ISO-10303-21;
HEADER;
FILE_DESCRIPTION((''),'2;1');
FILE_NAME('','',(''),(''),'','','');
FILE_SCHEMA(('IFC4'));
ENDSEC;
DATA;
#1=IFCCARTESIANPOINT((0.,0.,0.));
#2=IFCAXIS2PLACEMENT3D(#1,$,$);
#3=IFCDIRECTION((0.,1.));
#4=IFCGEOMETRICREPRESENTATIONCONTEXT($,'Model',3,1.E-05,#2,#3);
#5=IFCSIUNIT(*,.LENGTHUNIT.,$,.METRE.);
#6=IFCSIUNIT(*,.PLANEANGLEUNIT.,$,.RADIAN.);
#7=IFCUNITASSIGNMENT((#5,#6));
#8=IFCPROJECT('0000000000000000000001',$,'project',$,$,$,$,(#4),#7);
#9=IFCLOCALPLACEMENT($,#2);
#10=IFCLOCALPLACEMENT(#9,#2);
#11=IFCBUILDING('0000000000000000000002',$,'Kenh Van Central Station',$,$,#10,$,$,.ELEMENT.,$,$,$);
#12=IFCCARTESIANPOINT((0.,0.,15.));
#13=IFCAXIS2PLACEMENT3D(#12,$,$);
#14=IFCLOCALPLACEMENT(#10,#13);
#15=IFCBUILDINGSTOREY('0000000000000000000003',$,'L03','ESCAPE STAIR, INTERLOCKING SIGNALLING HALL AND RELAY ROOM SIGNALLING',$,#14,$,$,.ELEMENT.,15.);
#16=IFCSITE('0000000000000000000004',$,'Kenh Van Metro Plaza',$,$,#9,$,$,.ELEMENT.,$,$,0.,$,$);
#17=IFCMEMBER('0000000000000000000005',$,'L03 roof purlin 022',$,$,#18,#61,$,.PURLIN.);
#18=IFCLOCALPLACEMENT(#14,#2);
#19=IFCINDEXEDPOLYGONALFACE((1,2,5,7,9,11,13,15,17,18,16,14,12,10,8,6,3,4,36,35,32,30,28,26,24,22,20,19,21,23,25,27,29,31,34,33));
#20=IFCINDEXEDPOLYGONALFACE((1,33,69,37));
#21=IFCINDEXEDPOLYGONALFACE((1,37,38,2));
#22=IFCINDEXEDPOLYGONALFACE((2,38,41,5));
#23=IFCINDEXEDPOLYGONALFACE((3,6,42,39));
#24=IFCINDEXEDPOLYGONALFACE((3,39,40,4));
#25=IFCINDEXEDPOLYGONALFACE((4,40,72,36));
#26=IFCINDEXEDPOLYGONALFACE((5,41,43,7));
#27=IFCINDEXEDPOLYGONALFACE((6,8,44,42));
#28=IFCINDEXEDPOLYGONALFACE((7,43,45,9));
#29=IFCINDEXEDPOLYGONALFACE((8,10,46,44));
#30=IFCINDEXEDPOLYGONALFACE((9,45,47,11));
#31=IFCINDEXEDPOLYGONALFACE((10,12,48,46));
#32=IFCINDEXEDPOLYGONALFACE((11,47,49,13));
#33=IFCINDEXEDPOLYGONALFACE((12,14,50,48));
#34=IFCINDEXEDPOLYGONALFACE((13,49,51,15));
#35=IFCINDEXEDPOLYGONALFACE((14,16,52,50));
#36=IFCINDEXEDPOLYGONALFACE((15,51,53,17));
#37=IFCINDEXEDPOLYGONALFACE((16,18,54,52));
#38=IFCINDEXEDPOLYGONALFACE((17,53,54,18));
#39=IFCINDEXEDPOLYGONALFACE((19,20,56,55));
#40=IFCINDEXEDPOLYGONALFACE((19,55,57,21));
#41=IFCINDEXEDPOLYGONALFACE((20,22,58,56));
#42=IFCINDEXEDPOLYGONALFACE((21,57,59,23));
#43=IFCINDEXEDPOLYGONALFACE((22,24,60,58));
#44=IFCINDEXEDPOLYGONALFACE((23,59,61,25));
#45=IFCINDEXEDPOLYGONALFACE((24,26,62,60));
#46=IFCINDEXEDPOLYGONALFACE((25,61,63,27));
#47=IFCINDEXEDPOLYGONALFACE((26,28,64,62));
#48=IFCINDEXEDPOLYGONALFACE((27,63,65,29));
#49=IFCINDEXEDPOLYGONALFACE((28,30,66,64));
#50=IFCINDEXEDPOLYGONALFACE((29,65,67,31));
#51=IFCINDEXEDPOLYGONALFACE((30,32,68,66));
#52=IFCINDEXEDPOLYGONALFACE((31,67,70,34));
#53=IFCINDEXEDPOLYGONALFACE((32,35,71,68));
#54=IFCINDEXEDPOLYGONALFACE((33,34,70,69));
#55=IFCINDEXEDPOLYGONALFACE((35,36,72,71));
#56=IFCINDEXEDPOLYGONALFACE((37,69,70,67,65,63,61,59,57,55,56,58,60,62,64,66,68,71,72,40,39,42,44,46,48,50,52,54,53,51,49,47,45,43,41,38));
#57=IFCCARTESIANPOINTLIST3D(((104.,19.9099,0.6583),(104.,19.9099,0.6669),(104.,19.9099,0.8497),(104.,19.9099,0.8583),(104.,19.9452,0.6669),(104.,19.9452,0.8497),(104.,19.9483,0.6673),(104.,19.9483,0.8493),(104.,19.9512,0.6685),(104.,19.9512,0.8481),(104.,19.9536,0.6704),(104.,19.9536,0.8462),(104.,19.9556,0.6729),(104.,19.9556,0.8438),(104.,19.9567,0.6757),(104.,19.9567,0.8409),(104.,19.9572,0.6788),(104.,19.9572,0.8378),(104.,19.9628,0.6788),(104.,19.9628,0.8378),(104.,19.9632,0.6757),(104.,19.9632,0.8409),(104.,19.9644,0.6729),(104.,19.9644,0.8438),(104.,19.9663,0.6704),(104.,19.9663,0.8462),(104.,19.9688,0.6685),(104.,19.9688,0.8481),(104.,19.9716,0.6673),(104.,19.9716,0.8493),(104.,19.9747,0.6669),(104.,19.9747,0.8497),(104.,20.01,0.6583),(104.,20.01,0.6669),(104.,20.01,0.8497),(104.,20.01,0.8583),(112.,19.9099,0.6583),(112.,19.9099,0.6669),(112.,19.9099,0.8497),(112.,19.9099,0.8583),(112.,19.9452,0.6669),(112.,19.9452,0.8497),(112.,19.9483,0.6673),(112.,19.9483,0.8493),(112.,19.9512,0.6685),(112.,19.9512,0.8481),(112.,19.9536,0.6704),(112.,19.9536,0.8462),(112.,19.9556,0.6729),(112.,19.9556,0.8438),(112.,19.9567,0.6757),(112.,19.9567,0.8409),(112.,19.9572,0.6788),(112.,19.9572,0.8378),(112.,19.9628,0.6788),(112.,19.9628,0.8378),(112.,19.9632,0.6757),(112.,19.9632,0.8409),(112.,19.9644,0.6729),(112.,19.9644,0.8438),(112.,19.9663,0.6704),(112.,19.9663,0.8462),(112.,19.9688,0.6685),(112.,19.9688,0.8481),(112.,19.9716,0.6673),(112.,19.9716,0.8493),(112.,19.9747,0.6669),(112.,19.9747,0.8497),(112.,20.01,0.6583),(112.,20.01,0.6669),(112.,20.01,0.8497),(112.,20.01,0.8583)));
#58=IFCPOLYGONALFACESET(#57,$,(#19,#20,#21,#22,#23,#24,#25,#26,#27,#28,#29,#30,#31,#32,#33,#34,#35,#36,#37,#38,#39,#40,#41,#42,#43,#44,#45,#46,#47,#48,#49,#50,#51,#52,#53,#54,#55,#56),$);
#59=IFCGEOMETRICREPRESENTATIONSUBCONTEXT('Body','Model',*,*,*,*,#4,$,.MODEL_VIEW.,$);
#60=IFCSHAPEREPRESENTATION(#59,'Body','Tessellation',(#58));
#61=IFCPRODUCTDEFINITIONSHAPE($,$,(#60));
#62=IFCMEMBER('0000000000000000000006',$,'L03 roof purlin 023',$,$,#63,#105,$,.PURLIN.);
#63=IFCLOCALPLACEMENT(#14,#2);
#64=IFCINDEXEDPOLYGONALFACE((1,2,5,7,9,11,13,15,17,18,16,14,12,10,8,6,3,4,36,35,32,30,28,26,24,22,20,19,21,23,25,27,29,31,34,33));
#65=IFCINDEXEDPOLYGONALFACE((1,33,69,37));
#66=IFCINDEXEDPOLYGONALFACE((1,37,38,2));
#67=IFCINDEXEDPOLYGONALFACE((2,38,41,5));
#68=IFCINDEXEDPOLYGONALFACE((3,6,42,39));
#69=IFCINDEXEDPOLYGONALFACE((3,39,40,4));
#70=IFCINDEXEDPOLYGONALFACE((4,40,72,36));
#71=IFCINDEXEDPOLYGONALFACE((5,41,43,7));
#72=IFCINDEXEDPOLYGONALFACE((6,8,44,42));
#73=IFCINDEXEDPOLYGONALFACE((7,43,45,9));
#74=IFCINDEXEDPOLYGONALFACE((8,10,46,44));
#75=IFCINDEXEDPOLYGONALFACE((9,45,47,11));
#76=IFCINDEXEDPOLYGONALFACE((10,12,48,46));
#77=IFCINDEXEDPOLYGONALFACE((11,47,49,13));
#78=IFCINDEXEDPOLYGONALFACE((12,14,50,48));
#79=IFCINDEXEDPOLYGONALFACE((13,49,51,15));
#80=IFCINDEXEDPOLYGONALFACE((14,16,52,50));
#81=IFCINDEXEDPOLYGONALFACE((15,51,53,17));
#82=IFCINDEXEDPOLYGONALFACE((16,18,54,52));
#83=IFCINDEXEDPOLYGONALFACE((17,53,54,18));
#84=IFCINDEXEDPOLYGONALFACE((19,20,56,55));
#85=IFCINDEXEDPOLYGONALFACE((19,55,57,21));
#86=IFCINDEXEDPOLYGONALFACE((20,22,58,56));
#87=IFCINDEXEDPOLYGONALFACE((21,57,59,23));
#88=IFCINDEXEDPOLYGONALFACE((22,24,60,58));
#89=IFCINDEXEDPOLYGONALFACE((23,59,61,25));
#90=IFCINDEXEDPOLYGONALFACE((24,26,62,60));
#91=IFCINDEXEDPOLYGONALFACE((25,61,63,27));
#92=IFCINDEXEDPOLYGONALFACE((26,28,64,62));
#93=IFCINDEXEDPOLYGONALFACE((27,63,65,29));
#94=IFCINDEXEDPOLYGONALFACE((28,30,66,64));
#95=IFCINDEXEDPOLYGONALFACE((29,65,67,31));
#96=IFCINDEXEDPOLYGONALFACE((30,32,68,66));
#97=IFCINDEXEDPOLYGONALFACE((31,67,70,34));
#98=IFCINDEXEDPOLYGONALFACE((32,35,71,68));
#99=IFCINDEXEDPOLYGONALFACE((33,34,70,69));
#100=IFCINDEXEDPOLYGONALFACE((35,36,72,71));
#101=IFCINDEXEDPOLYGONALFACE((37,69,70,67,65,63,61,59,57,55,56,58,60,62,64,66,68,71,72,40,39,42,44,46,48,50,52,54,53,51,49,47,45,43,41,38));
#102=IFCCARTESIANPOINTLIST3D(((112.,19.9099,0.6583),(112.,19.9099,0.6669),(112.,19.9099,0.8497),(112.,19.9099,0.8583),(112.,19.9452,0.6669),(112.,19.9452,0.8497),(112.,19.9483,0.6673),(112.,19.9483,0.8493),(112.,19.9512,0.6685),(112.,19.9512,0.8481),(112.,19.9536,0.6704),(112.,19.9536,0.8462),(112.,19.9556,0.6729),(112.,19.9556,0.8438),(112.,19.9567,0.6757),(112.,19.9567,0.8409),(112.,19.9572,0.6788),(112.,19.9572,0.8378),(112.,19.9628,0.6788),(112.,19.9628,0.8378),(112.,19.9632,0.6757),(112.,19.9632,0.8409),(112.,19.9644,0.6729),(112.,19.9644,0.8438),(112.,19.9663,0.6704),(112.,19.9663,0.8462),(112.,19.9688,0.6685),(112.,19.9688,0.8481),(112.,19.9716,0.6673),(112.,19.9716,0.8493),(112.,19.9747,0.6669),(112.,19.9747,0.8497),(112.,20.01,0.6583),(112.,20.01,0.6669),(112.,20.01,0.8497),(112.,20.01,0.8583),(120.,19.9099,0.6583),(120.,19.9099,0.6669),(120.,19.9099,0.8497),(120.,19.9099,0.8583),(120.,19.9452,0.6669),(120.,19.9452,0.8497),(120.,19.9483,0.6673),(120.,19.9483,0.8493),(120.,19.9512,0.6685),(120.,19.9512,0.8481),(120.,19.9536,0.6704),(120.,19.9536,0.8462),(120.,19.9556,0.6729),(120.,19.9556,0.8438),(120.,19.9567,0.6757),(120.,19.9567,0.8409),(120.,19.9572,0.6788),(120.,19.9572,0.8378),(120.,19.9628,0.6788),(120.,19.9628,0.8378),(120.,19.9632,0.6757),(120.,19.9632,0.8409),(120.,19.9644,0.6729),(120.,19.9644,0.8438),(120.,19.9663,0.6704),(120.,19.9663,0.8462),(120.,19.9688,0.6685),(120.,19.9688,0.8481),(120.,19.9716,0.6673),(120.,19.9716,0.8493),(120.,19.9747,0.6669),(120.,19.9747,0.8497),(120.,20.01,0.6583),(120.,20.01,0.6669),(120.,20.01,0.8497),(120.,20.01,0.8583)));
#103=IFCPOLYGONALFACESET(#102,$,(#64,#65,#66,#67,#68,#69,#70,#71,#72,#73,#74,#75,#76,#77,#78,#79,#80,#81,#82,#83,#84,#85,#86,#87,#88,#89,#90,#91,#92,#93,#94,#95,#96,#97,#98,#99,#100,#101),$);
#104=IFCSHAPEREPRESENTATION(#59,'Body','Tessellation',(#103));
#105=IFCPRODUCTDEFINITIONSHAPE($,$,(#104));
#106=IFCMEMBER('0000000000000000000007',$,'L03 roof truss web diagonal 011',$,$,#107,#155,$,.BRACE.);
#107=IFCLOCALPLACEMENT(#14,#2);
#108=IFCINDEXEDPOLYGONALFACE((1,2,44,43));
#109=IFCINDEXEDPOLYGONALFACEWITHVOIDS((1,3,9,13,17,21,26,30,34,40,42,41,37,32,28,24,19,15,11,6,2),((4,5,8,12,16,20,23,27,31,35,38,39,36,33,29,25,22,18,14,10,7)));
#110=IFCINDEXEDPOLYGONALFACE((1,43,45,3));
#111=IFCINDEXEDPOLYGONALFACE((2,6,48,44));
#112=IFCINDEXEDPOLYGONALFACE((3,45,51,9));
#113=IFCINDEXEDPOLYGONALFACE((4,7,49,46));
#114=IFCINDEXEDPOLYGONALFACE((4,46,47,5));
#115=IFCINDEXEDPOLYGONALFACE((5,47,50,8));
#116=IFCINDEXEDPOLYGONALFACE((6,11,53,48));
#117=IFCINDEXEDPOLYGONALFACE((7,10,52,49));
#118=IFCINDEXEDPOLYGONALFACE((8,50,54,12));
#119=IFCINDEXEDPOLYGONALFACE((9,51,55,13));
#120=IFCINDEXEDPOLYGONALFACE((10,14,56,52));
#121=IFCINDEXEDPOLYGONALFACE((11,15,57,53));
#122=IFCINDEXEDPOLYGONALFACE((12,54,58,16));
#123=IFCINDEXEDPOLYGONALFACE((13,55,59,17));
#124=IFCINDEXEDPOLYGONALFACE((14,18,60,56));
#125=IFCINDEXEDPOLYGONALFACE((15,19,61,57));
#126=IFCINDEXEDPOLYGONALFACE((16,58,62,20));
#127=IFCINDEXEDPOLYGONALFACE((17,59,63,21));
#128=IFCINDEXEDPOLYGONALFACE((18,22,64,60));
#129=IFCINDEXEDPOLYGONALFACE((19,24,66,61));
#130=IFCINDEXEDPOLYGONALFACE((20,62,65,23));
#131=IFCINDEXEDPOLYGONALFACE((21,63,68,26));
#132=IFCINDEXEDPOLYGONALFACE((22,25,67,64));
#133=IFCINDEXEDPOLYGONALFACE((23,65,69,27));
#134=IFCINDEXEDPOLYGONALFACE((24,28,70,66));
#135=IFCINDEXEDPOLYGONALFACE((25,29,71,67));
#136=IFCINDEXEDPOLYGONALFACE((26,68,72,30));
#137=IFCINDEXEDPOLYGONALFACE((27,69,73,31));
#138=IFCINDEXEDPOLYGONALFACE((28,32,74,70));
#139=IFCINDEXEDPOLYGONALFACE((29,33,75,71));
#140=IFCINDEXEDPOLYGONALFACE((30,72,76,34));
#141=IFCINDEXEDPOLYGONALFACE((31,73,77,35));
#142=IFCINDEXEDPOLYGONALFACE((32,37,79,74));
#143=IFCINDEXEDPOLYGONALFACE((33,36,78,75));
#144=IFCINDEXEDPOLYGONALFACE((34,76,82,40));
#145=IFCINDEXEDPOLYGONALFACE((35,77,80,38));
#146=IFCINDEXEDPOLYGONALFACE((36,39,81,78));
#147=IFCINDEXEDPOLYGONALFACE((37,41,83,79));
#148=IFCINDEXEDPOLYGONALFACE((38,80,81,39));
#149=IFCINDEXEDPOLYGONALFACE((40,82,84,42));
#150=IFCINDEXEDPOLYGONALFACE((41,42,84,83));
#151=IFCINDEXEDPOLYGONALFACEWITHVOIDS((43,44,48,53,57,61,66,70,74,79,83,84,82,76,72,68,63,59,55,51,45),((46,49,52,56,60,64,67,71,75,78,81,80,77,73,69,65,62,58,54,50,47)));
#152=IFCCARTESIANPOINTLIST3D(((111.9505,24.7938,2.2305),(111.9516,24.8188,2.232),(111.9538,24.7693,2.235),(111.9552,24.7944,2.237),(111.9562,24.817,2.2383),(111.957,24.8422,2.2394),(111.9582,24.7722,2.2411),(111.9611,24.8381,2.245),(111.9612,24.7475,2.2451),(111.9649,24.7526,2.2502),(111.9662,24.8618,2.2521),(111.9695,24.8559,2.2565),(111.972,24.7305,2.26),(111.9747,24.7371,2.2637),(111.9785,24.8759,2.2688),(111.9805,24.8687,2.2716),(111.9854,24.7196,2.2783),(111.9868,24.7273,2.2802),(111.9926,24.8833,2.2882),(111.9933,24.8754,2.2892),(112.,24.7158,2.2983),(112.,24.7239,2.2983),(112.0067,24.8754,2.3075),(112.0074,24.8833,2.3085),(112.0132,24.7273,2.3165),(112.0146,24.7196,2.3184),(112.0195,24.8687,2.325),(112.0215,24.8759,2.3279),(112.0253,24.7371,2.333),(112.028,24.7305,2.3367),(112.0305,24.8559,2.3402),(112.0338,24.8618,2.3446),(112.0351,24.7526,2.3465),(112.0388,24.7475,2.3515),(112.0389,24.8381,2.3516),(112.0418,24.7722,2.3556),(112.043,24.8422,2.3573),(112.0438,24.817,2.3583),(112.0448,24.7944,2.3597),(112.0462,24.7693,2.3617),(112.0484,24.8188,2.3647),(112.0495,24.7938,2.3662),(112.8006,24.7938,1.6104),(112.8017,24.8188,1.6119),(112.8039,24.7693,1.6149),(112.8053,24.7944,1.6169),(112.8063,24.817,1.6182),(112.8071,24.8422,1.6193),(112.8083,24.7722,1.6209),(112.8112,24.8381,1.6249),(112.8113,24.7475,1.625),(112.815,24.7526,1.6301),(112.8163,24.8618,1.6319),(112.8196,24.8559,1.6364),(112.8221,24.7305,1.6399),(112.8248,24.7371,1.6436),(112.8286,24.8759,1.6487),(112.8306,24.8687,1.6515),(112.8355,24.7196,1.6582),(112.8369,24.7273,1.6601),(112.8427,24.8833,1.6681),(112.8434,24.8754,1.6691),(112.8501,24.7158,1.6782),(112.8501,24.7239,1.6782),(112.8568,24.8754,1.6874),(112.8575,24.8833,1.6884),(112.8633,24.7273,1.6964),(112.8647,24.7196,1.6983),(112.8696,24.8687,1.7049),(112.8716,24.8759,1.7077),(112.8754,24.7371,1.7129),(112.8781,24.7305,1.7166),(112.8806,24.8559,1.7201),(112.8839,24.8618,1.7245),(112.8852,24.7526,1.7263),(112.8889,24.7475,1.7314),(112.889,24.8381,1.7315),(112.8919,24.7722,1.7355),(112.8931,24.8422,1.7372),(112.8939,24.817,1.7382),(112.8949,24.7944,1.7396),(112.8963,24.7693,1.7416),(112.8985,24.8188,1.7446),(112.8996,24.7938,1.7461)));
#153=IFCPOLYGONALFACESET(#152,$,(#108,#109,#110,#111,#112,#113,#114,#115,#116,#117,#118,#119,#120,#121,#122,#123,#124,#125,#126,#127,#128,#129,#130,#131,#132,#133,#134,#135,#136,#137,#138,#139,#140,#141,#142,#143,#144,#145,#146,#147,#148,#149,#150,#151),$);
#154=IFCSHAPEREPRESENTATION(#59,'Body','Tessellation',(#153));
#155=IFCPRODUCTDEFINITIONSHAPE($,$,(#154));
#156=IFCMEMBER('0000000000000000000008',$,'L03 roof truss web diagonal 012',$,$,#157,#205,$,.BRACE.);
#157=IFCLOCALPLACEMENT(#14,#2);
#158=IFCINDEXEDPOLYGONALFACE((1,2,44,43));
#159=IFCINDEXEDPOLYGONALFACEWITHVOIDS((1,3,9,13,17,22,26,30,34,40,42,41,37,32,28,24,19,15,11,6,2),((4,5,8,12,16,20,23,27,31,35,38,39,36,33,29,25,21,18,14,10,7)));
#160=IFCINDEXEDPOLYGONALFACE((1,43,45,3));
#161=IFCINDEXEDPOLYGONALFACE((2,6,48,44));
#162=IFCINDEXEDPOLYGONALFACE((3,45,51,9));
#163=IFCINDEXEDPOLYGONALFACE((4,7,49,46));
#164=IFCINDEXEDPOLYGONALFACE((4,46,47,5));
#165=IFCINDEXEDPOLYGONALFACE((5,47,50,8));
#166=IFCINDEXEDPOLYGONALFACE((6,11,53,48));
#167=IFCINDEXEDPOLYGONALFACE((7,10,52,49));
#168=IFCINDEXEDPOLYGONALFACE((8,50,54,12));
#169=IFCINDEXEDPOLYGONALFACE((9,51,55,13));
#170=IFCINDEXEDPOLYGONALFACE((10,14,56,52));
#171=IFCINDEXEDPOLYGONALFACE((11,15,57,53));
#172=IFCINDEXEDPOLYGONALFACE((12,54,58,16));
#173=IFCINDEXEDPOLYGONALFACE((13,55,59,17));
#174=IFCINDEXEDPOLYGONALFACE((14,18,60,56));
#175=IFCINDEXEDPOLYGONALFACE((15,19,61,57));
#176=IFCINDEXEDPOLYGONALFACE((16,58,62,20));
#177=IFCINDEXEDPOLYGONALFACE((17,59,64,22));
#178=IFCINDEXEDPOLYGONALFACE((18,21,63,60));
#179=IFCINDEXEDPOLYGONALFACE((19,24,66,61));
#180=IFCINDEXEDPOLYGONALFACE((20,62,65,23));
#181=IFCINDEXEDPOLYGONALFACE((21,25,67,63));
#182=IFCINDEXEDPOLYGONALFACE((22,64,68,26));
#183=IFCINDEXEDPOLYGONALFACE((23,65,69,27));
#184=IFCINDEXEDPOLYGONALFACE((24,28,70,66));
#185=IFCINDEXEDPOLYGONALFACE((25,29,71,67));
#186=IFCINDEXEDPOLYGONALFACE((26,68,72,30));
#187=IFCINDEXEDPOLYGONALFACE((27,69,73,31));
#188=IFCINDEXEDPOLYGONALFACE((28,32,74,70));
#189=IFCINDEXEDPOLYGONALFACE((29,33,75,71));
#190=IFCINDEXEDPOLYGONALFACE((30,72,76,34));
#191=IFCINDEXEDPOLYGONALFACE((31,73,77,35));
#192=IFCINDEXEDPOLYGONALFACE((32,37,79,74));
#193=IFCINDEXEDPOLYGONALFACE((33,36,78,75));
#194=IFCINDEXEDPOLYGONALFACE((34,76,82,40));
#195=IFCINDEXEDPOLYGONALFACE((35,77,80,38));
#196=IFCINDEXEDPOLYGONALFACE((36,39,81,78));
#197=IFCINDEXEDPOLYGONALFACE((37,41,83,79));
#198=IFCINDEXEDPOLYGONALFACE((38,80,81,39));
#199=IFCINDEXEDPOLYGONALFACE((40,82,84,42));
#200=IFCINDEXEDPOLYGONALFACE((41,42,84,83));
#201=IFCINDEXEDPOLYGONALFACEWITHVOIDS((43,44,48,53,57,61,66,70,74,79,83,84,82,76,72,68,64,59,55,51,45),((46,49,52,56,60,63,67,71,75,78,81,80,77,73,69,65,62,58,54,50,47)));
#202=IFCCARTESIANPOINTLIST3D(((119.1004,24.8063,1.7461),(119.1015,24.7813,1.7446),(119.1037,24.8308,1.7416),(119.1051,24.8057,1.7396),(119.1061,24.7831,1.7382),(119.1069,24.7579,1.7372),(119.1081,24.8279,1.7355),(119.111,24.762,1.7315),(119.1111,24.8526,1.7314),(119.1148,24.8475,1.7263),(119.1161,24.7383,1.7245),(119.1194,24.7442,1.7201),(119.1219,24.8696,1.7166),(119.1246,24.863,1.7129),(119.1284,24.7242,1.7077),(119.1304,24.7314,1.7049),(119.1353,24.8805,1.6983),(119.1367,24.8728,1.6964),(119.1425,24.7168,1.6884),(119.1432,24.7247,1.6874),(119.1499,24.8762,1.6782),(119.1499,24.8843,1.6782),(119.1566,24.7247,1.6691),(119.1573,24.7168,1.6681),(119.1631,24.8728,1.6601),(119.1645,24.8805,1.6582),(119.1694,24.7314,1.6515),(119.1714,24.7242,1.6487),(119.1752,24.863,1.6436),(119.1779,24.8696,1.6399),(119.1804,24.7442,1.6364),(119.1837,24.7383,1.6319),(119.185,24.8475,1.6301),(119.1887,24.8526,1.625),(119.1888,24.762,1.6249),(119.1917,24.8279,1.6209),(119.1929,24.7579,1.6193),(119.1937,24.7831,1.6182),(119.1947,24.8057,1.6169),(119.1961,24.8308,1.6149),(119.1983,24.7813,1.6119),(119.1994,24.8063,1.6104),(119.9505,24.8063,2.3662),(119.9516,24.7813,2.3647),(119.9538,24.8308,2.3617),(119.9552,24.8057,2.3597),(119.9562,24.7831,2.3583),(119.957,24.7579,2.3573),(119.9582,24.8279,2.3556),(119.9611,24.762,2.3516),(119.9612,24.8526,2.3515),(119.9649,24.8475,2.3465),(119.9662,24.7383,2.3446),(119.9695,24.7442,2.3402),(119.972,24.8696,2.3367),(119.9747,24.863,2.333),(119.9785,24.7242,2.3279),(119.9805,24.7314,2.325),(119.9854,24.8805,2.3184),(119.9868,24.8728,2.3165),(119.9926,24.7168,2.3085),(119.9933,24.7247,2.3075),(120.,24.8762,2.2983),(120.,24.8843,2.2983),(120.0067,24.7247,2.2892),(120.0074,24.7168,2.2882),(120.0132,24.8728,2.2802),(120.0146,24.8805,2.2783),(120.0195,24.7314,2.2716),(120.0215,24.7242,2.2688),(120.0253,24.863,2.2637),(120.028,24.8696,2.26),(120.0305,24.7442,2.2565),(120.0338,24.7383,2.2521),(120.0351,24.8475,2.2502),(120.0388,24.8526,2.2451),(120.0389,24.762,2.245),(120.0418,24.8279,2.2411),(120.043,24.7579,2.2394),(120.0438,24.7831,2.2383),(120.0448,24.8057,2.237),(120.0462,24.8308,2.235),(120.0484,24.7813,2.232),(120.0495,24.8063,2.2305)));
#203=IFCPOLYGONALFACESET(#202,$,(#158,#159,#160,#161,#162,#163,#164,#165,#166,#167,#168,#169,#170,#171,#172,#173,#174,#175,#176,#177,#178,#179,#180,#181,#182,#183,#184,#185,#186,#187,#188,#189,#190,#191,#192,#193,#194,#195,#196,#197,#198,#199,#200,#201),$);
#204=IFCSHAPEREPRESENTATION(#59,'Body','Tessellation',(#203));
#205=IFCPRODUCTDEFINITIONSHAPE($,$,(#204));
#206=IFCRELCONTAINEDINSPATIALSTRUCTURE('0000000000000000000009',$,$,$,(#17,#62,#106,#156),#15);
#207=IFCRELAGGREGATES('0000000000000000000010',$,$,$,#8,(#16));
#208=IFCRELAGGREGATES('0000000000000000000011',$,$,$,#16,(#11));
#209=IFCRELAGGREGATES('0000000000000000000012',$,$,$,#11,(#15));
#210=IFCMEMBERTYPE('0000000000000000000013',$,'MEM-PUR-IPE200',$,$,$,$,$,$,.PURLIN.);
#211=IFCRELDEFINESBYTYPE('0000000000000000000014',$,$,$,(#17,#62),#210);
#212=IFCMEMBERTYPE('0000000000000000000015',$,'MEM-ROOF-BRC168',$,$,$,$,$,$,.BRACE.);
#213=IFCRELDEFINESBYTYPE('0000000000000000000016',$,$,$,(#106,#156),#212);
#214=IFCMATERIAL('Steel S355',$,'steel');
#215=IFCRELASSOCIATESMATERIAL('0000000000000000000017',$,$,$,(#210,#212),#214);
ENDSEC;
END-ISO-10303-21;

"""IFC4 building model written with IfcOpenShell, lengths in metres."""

from ifc_helpers import new_model, si_unit, direction, frame, origin, origin_2d, place, context, subcontext, project, spatial, hollow_circle, i_section, extrude, material, material_profile, profile_set, type_object, element, save


model = new_model("IFC4")

# Units and contexts
model_context = context("Model", 3, precision=1e-05, world=origin(), true_north=direction((0.0, 1.0)))
body_context = subcontext(model_context, "Body", "Model", "MODEL_VIEW")
ifc_project = project(units=[si_unit("LENGTHUNIT", "METRE"), si_unit("PLANEANGLEUNIT", "RADIAN")], contexts=[model_context])

# Site, building, storey
site_placement = place(None, origin())
site = spatial("IfcSite", under=ifc_project, at=site_placement, Name="Kenh Van Metro Plaza", CompositionType="ELEMENT", RefElevation=0.0)
building_placement = place(site_placement, origin())
building = spatial("IfcBuilding", under=site, at=building_placement, Name="Kenh Van Central Station", CompositionType="ELEMENT")
storey_placement = place(building_placement, frame((0.0, 0.0, 15.0)))
storey = spatial("IfcBuildingStorey", under=building, at=storey_placement, Name="L03", Description="ESCAPE STAIR, INTERLOCKING SIGNALLING HALL AND RELAY ROOM SIGNALLING", CompositionType="ELEMENT", Elevation=15.0)

# Shared definitions
ifc_material_1 = material(Name="Steel S355", Category="steel")

# Members
ifc_material_profile_1 = material_profile(ifc_material_1, i_section(OverallWidth=0.1001, OverallDepth=0.2, WebThickness=0.0056, FlangeThickness=0.0085, FilletRadius=0.012, at=origin_2d()), Name="IPE 200")
ifc_profile_set_1 = profile_set([ifc_material_profile_1], Name="Steel S355")
member_type_1 = type_object("IfcMemberType", Name="MEM-PUR-IPE200", PredefinedType="PURLIN", material=ifc_profile_set_1)
for number, where, z_axis, x_axis, name in (
    (1, (104.0, 19.96, 0.7583), (1.0, 0.0, 0.0), (0.0, 1.0, 0.0), "L03 roof purlin 022"),
    (2, (112.0, 19.96, 0.7583), (1.0, 0.0, 0.0), (0.0, 1.0, 0.0), "L03 roof purlin 023"),
):
    element("IfcMember", number, at=place(storey_placement, frame(where, z_axis=z_axis, x_axis=x_axis)), inside=storey, type_object=member_type_1, Name=name, PredefinedType="PURLIN", context=body_context, shape_type="SweptSolid", body=[
        extrude(i_section(OverallWidth=0.1001, OverallDepth=0.2, WebThickness=0.0056, FlangeThickness=0.0085, FilletRadius=0.012, at=origin_2d()), origin(), (0.0, 0.0, 1.0), 8.0),
    ])
ifc_material_profile_2 = material_profile(ifc_material_1, hollow_circle(Radius=0.0842, WallThickness=0.0081, at=origin_2d()), Name="CHS 168.3x8")
ifc_profile_set_2 = profile_set([ifc_material_profile_2], Name="Steel S355")
member_type_2 = type_object("IfcMemberType", Name="MEM-ROOF-BRC168", PredefinedType="BRACE", material=ifc_profile_set_2)
for number, where, z_axis, x_axis, name in (
    (3, (112.8501, 24.8, 1.6782), (-0.807892, 0.0, 0.58933), (0.0, -1.0, 0.0), "L03 roof truss web diagonal 011"),
    (4, (119.1499, 24.8, 1.6782), (0.807892, 0.0, 0.58933), (0.0, 1.0, 0.0), "L03 roof truss web diagonal 012"),
):
    element("IfcMember", number, at=place(storey_placement, frame(where, z_axis=z_axis, x_axis=x_axis)), inside=storey, type_object=member_type_2, Name=name, PredefinedType="BRACE", context=body_context, shape_type="SweptSolid", body=[
        extrude(hollow_circle(Radius=0.0842, WallThickness=0.0081, at=origin_2d()), origin(), (0.0, 0.0, 1.0), 1.0522),
    ])

save(model, "model.ifc")
